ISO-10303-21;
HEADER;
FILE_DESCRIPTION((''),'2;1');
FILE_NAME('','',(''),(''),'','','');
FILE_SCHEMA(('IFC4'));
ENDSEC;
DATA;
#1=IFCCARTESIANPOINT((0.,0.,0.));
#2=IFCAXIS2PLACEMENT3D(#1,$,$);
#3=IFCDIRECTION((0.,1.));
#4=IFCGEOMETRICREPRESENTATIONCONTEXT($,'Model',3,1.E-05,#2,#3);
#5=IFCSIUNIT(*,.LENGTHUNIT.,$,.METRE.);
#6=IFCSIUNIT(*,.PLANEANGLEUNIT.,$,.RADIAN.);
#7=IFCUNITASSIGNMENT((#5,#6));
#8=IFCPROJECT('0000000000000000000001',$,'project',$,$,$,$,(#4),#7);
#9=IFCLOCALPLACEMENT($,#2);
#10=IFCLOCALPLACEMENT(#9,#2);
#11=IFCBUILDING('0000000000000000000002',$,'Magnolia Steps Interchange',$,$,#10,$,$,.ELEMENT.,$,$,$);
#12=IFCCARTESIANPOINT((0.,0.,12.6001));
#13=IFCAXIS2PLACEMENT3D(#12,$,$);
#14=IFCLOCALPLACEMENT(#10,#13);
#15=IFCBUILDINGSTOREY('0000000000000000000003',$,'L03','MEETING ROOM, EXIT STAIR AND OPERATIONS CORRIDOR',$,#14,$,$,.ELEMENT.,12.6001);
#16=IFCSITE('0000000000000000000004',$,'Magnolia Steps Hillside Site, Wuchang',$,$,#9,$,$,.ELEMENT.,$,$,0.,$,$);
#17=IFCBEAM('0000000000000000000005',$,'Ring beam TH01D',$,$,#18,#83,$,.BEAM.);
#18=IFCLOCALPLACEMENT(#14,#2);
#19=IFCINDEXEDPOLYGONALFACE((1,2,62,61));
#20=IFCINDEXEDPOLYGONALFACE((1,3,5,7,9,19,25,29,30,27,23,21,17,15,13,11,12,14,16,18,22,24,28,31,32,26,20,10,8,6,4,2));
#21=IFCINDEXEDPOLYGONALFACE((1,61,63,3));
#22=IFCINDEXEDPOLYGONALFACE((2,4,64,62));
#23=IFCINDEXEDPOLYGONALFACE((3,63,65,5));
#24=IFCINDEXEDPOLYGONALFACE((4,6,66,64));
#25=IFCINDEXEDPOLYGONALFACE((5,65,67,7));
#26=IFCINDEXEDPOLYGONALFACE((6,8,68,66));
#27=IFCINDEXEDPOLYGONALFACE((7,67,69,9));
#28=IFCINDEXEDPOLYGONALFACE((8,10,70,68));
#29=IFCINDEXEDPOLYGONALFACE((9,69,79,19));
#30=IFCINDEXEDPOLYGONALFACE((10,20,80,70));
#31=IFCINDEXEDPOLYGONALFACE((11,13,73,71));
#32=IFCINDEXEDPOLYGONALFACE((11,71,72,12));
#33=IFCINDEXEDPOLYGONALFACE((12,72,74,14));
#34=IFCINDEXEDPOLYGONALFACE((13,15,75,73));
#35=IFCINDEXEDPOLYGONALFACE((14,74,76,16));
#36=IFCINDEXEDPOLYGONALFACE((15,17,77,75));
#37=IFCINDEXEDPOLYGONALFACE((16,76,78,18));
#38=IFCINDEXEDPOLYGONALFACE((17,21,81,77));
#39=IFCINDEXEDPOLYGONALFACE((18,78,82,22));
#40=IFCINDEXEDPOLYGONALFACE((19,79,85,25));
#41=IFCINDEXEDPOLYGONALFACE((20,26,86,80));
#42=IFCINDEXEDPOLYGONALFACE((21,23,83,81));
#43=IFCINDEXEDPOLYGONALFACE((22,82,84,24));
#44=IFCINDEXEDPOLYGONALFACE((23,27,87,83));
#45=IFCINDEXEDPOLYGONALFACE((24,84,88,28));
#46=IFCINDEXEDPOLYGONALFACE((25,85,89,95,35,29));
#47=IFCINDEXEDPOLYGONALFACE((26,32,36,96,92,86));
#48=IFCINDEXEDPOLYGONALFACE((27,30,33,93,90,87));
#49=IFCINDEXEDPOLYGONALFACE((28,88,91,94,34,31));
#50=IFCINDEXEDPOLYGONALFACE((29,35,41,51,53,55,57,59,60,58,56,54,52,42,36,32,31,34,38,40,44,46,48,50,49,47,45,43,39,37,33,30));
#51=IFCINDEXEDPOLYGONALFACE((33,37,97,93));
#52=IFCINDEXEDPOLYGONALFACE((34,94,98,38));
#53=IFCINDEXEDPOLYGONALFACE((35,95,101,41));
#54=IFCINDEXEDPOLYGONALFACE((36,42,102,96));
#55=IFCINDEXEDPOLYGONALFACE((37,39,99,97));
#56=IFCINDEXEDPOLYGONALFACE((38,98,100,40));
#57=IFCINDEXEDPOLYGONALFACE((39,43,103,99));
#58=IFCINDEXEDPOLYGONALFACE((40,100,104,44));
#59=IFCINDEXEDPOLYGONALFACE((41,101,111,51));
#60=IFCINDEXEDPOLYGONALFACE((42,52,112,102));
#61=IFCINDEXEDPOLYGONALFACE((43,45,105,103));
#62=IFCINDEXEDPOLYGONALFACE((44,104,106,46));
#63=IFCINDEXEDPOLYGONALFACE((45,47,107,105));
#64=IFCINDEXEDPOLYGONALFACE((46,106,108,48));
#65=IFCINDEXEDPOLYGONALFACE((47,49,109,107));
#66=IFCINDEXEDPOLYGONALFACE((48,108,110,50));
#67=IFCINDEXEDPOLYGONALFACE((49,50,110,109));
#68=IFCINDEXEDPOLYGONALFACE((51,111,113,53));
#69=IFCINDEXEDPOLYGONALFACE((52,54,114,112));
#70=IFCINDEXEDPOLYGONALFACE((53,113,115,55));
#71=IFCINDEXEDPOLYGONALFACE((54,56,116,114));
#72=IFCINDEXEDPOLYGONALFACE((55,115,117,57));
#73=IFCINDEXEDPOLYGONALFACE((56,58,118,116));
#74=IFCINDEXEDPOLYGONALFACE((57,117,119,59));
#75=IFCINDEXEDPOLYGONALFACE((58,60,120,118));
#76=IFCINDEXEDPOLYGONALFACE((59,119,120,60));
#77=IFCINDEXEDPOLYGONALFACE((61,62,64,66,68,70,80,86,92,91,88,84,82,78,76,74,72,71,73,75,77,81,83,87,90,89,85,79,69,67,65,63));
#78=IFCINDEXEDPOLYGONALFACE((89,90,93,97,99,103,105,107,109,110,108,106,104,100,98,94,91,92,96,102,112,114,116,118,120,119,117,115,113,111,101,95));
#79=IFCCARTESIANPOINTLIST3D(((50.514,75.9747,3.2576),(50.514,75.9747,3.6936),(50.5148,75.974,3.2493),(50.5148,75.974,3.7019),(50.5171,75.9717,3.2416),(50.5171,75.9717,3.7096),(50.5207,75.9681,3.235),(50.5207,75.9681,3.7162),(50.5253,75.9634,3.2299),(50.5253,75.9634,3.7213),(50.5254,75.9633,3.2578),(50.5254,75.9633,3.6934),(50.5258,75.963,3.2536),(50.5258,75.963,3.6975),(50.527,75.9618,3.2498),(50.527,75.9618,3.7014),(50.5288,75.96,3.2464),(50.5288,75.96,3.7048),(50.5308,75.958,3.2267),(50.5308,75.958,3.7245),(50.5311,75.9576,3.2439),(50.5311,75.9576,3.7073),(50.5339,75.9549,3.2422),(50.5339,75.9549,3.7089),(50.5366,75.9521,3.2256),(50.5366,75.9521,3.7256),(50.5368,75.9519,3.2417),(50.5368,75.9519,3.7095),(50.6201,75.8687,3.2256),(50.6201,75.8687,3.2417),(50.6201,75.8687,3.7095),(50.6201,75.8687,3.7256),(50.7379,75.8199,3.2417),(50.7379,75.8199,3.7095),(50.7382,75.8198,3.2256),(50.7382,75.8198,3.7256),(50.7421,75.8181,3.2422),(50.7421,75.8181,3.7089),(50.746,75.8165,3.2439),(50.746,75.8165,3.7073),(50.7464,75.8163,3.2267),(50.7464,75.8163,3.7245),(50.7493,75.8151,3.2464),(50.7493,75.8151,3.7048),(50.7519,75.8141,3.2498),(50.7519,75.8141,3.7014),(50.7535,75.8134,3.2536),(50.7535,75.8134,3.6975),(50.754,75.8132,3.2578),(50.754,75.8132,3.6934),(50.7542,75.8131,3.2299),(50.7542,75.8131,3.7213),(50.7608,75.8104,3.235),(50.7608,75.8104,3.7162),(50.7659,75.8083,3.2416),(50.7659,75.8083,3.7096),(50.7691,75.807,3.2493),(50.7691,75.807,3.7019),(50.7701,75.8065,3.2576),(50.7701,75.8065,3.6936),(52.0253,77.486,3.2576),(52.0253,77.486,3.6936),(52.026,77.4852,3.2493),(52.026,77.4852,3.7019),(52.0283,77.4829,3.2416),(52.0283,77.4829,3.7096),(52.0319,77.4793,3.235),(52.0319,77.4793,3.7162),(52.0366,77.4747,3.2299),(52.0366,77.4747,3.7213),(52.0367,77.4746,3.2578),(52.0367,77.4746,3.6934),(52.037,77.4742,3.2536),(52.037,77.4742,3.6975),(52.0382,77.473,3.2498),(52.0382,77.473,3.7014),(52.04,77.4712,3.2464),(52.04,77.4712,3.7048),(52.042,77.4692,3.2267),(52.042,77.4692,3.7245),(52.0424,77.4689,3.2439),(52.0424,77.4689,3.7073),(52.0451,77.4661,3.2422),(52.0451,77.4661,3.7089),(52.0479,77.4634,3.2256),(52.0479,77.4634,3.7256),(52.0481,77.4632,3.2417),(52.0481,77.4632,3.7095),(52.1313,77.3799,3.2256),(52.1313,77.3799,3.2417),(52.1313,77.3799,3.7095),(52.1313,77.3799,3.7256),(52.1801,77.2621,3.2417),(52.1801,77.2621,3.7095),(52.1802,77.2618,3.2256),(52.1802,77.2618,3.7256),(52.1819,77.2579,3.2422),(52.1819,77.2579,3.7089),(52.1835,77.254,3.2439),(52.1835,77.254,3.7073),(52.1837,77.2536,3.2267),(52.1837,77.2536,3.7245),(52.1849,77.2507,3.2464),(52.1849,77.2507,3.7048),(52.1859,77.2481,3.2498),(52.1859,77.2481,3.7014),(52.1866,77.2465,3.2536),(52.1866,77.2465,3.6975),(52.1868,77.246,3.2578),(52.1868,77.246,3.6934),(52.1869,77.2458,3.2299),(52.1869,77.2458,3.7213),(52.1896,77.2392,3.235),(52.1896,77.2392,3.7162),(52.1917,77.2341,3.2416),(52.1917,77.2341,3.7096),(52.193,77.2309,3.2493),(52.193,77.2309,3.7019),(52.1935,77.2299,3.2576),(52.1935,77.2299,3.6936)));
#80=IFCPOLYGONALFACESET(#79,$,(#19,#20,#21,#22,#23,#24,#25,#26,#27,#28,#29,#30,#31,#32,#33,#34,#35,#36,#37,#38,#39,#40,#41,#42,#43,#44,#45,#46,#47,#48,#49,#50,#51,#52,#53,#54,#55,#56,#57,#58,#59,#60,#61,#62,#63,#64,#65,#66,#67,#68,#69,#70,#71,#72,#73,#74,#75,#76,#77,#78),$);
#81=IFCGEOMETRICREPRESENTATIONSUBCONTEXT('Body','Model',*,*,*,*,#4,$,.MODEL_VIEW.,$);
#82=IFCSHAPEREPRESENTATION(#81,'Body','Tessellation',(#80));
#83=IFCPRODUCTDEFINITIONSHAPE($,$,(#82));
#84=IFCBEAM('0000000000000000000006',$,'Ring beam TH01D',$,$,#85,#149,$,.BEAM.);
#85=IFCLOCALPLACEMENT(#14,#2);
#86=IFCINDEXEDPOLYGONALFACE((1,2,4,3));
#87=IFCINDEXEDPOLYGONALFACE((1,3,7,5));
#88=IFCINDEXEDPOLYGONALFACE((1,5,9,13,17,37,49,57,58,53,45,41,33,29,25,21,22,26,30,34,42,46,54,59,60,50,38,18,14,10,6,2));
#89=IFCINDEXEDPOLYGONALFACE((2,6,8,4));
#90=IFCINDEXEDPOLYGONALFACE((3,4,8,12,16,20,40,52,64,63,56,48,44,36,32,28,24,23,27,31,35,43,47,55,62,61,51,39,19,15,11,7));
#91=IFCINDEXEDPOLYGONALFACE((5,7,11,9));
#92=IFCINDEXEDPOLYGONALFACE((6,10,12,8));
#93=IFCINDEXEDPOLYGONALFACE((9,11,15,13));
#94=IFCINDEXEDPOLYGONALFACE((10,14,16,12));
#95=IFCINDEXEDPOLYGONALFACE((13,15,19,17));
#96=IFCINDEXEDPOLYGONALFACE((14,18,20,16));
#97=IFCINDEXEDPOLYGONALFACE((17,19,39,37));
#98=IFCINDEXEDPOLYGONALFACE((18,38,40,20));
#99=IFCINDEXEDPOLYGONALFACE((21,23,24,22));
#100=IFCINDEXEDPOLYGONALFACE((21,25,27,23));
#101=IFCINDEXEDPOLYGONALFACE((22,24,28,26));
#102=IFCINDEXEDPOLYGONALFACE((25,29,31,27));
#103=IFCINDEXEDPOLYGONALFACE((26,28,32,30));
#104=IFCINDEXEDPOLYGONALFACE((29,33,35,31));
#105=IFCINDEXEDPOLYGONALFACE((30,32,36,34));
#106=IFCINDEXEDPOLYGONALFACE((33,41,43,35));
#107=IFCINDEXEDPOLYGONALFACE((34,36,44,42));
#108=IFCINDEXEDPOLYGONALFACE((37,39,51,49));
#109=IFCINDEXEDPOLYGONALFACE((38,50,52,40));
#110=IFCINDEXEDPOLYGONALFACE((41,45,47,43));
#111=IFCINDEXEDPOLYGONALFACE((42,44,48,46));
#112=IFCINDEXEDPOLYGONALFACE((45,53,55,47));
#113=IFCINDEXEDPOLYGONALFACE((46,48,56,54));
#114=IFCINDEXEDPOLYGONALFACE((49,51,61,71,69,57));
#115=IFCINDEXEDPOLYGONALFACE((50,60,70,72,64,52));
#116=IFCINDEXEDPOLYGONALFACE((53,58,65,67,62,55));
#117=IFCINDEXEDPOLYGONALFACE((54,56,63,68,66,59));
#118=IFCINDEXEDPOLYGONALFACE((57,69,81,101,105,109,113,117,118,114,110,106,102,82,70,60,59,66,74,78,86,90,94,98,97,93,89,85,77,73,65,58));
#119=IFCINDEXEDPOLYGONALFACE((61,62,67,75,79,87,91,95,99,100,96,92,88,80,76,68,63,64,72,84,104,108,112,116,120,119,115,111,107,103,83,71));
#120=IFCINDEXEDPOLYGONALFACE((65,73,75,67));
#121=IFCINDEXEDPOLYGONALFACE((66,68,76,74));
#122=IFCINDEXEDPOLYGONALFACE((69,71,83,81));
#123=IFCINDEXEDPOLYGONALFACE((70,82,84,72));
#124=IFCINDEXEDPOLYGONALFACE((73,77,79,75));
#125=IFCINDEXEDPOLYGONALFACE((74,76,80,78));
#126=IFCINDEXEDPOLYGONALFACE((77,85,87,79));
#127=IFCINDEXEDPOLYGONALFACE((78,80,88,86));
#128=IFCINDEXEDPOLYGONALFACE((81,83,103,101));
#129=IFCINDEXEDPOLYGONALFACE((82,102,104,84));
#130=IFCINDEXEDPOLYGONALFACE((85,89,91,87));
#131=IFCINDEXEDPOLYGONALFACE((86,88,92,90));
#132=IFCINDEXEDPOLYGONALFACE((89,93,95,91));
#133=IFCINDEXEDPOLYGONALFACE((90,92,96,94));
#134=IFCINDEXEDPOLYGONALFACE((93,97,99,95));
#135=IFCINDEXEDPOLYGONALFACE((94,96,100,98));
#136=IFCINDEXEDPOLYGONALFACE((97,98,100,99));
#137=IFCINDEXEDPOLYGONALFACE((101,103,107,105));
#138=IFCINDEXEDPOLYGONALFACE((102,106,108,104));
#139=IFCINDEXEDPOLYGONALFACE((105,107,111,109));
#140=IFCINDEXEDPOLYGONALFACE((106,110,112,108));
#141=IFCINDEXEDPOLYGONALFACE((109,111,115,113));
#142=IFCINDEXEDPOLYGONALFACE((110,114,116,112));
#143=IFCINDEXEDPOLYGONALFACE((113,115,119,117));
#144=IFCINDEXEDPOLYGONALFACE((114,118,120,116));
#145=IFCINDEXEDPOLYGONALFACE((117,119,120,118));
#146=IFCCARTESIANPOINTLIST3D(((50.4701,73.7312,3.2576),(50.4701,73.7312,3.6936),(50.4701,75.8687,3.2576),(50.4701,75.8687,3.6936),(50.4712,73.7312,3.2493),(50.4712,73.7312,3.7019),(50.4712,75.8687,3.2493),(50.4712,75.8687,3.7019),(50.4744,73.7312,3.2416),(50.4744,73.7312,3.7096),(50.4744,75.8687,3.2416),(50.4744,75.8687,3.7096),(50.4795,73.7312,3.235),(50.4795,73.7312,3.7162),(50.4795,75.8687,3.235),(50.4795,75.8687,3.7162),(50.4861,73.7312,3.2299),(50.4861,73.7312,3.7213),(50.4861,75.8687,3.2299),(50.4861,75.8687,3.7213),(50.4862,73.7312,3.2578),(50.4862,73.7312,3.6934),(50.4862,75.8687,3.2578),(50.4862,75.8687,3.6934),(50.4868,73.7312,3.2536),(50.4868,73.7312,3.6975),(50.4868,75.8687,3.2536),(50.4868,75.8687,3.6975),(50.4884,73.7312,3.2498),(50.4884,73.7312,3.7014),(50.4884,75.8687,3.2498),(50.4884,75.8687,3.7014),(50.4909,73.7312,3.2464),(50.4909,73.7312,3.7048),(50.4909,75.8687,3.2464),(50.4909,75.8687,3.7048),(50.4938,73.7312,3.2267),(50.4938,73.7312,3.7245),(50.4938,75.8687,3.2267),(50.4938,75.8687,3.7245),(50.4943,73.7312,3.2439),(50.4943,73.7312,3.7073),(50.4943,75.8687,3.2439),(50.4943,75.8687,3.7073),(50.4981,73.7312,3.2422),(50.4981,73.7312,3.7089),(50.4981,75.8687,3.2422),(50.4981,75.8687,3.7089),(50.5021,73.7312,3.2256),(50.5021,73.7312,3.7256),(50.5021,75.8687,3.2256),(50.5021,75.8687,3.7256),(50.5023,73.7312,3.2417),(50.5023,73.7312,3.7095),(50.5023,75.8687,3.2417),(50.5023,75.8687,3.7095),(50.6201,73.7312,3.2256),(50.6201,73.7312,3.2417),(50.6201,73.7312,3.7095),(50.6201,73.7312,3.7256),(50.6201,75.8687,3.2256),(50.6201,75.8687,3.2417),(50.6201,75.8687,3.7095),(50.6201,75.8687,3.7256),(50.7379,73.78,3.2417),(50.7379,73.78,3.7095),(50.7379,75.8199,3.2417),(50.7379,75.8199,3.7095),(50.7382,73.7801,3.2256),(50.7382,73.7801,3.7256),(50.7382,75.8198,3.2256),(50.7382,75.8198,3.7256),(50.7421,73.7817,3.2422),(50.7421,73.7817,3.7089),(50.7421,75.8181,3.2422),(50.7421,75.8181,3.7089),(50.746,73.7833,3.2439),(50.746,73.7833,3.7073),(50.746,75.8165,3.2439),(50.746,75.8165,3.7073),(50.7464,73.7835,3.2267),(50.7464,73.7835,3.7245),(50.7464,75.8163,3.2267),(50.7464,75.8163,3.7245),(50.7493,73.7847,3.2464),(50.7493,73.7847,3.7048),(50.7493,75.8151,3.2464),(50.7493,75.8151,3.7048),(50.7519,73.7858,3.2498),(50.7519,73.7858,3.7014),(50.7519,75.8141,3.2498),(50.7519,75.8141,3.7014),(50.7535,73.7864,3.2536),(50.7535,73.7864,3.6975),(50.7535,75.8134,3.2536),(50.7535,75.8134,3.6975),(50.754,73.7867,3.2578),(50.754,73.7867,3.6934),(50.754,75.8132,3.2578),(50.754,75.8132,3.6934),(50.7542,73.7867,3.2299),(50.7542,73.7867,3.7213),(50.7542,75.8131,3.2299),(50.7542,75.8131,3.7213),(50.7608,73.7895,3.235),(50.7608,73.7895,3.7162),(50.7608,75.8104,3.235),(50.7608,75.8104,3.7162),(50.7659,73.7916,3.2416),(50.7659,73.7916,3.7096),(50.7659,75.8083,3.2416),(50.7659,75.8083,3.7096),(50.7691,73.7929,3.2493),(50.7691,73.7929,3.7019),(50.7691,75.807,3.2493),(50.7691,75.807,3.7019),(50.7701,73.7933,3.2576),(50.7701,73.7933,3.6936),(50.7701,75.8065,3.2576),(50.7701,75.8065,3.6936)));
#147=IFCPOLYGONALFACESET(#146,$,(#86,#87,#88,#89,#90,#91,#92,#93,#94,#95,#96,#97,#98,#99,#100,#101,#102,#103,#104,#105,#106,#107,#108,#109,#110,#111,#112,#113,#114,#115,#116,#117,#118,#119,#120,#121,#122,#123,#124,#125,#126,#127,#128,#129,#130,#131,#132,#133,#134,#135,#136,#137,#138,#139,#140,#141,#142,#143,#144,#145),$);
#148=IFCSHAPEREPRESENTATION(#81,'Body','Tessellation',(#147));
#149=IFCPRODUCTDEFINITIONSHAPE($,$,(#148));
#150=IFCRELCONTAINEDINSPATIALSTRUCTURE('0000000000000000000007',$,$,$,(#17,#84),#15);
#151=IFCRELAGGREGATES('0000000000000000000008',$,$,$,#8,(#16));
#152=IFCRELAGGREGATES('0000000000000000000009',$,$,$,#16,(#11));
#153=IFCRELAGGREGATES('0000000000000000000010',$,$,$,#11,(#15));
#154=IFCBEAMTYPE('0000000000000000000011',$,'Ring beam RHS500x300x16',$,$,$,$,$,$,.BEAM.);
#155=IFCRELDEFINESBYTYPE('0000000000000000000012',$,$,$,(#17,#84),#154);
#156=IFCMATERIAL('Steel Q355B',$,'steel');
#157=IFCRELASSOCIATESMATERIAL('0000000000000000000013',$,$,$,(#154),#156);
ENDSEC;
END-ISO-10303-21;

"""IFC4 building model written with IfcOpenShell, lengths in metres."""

from ifc_helpers import new_model, si_unit, direction, frame, origin, origin_2d, place, context, subcontext, project, spatial, hollow_rectangle, extrude, clip, halfspace, material, material_profile, profile_set, type_object, element, save


model = new_model("IFC4")

# Units and contexts
model_context = context("Model", 3, precision=1e-05, world=origin(), true_north=direction((0.0, 1.0)))
body_context = subcontext(model_context, "Body", "Model", "MODEL_VIEW")
ifc_project = project(units=[si_unit("LENGTHUNIT", "METRE"), si_unit("PLANEANGLEUNIT", "RADIAN")], contexts=[model_context])

# Site, building, storey
site_placement = place(None, origin())
site = spatial("IfcSite", under=ifc_project, at=site_placement, Name="Magnolia Steps Hillside Site, Wuchang", CompositionType="ELEMENT", RefElevation=0.0)
building_placement = place(site_placement, origin())
building = spatial("IfcBuilding", under=site, at=building_placement, Name="Magnolia Steps Interchange", CompositionType="ELEMENT")
storey_placement = place(building_placement, frame((0.0, 0.0, 12.6001)))
storey = spatial("IfcBuildingStorey", under=building, at=storey_placement, Name="L03", Description="MEETING ROOM, EXIT STAIR AND OPERATIONS CORRIDOR", CompositionType="ELEMENT", Elevation=12.6001)

# Beams
ifc_material_1 = material(Name="Steel Q355B", Category="steel")
ifc_material_profile_1 = material_profile(ifc_material_1, hollow_rectangle(XDim=0.3, YDim=0.5, WallThickness=0.0161, InnerFilletRadius=0.0161, OuterFilletRadius=0.032, at=origin_2d()), Name="RHS500x300x16")
ifc_profile_set_1 = profile_set([ifc_material_profile_1], Name="Steel Q355B")
beam_type_1 = type_object("IfcBeamType", Name="Ring beam RHS500x300x16", PredefinedType="BEAM", material=ifc_profile_set_1)
beam_1_placement = place(storey_placement, frame((52.1313, 77.3799, 3.4756), z_axis=(-0.707107, -0.707107, 0.0), x_axis=(0.707107, -0.707107, 0.0)))
element("IfcBeam", 1, at=beam_1_placement, inside=storey, type_object=beam_type_1, Name="Ring beam TH01D", PredefinedType="BEAM", context=body_context, shape_type="Clipping", body=[
    clip(clip(extrude(hollow_rectangle(XDim=0.3, YDim=0.5, WallThickness=0.0161, InnerFilletRadius=0.0161, OuterFilletRadius=0.032, at=origin_2d()), origin(), (0.0, 0.0, 1.0), 2.1372), halfspace(frame((0.0, 0.0, 0.0), z_axis=(0.382683, 0.0, -0.92388), x_axis=(0.92388, 0.0, 0.382683)), False)), halfspace(frame((0.0, 0.0, 2.1372), z_axis=(0.382683, 0.0, 0.92388), x_axis=(0.92388, 0.0, -0.382683)), False)),
])
beam_2_placement = place(storey_placement, frame((50.6201, 75.8687, 3.4756), z_axis=(0.0, -1.0, 0.0), x_axis=(1.0, 0.0, 0.0)))
element("IfcBeam", 2, at=beam_2_placement, inside=storey, type_object=beam_type_1, Name="Ring beam TH01D", PredefinedType="BEAM", context=body_context, shape_type="Clipping", body=[
    clip(clip(extrude(hollow_rectangle(XDim=0.3, YDim=0.5, WallThickness=0.0161, InnerFilletRadius=0.0161, OuterFilletRadius=0.032, at=origin_2d()), origin(), (0.0, 0.0, 1.0), 2.1375), halfspace(frame((0.0, 0.0, 0.0), z_axis=(0.382683, 0.0, -0.92388), x_axis=(0.92388, 0.0, 0.382683)), False)), halfspace(frame((0.0, 0.0, 2.1375), z_axis=(0.382683, 0.0, 0.92388), x_axis=(0.92388, 0.0, -0.382683)), False)),
])

save(model, "model.ifc")
